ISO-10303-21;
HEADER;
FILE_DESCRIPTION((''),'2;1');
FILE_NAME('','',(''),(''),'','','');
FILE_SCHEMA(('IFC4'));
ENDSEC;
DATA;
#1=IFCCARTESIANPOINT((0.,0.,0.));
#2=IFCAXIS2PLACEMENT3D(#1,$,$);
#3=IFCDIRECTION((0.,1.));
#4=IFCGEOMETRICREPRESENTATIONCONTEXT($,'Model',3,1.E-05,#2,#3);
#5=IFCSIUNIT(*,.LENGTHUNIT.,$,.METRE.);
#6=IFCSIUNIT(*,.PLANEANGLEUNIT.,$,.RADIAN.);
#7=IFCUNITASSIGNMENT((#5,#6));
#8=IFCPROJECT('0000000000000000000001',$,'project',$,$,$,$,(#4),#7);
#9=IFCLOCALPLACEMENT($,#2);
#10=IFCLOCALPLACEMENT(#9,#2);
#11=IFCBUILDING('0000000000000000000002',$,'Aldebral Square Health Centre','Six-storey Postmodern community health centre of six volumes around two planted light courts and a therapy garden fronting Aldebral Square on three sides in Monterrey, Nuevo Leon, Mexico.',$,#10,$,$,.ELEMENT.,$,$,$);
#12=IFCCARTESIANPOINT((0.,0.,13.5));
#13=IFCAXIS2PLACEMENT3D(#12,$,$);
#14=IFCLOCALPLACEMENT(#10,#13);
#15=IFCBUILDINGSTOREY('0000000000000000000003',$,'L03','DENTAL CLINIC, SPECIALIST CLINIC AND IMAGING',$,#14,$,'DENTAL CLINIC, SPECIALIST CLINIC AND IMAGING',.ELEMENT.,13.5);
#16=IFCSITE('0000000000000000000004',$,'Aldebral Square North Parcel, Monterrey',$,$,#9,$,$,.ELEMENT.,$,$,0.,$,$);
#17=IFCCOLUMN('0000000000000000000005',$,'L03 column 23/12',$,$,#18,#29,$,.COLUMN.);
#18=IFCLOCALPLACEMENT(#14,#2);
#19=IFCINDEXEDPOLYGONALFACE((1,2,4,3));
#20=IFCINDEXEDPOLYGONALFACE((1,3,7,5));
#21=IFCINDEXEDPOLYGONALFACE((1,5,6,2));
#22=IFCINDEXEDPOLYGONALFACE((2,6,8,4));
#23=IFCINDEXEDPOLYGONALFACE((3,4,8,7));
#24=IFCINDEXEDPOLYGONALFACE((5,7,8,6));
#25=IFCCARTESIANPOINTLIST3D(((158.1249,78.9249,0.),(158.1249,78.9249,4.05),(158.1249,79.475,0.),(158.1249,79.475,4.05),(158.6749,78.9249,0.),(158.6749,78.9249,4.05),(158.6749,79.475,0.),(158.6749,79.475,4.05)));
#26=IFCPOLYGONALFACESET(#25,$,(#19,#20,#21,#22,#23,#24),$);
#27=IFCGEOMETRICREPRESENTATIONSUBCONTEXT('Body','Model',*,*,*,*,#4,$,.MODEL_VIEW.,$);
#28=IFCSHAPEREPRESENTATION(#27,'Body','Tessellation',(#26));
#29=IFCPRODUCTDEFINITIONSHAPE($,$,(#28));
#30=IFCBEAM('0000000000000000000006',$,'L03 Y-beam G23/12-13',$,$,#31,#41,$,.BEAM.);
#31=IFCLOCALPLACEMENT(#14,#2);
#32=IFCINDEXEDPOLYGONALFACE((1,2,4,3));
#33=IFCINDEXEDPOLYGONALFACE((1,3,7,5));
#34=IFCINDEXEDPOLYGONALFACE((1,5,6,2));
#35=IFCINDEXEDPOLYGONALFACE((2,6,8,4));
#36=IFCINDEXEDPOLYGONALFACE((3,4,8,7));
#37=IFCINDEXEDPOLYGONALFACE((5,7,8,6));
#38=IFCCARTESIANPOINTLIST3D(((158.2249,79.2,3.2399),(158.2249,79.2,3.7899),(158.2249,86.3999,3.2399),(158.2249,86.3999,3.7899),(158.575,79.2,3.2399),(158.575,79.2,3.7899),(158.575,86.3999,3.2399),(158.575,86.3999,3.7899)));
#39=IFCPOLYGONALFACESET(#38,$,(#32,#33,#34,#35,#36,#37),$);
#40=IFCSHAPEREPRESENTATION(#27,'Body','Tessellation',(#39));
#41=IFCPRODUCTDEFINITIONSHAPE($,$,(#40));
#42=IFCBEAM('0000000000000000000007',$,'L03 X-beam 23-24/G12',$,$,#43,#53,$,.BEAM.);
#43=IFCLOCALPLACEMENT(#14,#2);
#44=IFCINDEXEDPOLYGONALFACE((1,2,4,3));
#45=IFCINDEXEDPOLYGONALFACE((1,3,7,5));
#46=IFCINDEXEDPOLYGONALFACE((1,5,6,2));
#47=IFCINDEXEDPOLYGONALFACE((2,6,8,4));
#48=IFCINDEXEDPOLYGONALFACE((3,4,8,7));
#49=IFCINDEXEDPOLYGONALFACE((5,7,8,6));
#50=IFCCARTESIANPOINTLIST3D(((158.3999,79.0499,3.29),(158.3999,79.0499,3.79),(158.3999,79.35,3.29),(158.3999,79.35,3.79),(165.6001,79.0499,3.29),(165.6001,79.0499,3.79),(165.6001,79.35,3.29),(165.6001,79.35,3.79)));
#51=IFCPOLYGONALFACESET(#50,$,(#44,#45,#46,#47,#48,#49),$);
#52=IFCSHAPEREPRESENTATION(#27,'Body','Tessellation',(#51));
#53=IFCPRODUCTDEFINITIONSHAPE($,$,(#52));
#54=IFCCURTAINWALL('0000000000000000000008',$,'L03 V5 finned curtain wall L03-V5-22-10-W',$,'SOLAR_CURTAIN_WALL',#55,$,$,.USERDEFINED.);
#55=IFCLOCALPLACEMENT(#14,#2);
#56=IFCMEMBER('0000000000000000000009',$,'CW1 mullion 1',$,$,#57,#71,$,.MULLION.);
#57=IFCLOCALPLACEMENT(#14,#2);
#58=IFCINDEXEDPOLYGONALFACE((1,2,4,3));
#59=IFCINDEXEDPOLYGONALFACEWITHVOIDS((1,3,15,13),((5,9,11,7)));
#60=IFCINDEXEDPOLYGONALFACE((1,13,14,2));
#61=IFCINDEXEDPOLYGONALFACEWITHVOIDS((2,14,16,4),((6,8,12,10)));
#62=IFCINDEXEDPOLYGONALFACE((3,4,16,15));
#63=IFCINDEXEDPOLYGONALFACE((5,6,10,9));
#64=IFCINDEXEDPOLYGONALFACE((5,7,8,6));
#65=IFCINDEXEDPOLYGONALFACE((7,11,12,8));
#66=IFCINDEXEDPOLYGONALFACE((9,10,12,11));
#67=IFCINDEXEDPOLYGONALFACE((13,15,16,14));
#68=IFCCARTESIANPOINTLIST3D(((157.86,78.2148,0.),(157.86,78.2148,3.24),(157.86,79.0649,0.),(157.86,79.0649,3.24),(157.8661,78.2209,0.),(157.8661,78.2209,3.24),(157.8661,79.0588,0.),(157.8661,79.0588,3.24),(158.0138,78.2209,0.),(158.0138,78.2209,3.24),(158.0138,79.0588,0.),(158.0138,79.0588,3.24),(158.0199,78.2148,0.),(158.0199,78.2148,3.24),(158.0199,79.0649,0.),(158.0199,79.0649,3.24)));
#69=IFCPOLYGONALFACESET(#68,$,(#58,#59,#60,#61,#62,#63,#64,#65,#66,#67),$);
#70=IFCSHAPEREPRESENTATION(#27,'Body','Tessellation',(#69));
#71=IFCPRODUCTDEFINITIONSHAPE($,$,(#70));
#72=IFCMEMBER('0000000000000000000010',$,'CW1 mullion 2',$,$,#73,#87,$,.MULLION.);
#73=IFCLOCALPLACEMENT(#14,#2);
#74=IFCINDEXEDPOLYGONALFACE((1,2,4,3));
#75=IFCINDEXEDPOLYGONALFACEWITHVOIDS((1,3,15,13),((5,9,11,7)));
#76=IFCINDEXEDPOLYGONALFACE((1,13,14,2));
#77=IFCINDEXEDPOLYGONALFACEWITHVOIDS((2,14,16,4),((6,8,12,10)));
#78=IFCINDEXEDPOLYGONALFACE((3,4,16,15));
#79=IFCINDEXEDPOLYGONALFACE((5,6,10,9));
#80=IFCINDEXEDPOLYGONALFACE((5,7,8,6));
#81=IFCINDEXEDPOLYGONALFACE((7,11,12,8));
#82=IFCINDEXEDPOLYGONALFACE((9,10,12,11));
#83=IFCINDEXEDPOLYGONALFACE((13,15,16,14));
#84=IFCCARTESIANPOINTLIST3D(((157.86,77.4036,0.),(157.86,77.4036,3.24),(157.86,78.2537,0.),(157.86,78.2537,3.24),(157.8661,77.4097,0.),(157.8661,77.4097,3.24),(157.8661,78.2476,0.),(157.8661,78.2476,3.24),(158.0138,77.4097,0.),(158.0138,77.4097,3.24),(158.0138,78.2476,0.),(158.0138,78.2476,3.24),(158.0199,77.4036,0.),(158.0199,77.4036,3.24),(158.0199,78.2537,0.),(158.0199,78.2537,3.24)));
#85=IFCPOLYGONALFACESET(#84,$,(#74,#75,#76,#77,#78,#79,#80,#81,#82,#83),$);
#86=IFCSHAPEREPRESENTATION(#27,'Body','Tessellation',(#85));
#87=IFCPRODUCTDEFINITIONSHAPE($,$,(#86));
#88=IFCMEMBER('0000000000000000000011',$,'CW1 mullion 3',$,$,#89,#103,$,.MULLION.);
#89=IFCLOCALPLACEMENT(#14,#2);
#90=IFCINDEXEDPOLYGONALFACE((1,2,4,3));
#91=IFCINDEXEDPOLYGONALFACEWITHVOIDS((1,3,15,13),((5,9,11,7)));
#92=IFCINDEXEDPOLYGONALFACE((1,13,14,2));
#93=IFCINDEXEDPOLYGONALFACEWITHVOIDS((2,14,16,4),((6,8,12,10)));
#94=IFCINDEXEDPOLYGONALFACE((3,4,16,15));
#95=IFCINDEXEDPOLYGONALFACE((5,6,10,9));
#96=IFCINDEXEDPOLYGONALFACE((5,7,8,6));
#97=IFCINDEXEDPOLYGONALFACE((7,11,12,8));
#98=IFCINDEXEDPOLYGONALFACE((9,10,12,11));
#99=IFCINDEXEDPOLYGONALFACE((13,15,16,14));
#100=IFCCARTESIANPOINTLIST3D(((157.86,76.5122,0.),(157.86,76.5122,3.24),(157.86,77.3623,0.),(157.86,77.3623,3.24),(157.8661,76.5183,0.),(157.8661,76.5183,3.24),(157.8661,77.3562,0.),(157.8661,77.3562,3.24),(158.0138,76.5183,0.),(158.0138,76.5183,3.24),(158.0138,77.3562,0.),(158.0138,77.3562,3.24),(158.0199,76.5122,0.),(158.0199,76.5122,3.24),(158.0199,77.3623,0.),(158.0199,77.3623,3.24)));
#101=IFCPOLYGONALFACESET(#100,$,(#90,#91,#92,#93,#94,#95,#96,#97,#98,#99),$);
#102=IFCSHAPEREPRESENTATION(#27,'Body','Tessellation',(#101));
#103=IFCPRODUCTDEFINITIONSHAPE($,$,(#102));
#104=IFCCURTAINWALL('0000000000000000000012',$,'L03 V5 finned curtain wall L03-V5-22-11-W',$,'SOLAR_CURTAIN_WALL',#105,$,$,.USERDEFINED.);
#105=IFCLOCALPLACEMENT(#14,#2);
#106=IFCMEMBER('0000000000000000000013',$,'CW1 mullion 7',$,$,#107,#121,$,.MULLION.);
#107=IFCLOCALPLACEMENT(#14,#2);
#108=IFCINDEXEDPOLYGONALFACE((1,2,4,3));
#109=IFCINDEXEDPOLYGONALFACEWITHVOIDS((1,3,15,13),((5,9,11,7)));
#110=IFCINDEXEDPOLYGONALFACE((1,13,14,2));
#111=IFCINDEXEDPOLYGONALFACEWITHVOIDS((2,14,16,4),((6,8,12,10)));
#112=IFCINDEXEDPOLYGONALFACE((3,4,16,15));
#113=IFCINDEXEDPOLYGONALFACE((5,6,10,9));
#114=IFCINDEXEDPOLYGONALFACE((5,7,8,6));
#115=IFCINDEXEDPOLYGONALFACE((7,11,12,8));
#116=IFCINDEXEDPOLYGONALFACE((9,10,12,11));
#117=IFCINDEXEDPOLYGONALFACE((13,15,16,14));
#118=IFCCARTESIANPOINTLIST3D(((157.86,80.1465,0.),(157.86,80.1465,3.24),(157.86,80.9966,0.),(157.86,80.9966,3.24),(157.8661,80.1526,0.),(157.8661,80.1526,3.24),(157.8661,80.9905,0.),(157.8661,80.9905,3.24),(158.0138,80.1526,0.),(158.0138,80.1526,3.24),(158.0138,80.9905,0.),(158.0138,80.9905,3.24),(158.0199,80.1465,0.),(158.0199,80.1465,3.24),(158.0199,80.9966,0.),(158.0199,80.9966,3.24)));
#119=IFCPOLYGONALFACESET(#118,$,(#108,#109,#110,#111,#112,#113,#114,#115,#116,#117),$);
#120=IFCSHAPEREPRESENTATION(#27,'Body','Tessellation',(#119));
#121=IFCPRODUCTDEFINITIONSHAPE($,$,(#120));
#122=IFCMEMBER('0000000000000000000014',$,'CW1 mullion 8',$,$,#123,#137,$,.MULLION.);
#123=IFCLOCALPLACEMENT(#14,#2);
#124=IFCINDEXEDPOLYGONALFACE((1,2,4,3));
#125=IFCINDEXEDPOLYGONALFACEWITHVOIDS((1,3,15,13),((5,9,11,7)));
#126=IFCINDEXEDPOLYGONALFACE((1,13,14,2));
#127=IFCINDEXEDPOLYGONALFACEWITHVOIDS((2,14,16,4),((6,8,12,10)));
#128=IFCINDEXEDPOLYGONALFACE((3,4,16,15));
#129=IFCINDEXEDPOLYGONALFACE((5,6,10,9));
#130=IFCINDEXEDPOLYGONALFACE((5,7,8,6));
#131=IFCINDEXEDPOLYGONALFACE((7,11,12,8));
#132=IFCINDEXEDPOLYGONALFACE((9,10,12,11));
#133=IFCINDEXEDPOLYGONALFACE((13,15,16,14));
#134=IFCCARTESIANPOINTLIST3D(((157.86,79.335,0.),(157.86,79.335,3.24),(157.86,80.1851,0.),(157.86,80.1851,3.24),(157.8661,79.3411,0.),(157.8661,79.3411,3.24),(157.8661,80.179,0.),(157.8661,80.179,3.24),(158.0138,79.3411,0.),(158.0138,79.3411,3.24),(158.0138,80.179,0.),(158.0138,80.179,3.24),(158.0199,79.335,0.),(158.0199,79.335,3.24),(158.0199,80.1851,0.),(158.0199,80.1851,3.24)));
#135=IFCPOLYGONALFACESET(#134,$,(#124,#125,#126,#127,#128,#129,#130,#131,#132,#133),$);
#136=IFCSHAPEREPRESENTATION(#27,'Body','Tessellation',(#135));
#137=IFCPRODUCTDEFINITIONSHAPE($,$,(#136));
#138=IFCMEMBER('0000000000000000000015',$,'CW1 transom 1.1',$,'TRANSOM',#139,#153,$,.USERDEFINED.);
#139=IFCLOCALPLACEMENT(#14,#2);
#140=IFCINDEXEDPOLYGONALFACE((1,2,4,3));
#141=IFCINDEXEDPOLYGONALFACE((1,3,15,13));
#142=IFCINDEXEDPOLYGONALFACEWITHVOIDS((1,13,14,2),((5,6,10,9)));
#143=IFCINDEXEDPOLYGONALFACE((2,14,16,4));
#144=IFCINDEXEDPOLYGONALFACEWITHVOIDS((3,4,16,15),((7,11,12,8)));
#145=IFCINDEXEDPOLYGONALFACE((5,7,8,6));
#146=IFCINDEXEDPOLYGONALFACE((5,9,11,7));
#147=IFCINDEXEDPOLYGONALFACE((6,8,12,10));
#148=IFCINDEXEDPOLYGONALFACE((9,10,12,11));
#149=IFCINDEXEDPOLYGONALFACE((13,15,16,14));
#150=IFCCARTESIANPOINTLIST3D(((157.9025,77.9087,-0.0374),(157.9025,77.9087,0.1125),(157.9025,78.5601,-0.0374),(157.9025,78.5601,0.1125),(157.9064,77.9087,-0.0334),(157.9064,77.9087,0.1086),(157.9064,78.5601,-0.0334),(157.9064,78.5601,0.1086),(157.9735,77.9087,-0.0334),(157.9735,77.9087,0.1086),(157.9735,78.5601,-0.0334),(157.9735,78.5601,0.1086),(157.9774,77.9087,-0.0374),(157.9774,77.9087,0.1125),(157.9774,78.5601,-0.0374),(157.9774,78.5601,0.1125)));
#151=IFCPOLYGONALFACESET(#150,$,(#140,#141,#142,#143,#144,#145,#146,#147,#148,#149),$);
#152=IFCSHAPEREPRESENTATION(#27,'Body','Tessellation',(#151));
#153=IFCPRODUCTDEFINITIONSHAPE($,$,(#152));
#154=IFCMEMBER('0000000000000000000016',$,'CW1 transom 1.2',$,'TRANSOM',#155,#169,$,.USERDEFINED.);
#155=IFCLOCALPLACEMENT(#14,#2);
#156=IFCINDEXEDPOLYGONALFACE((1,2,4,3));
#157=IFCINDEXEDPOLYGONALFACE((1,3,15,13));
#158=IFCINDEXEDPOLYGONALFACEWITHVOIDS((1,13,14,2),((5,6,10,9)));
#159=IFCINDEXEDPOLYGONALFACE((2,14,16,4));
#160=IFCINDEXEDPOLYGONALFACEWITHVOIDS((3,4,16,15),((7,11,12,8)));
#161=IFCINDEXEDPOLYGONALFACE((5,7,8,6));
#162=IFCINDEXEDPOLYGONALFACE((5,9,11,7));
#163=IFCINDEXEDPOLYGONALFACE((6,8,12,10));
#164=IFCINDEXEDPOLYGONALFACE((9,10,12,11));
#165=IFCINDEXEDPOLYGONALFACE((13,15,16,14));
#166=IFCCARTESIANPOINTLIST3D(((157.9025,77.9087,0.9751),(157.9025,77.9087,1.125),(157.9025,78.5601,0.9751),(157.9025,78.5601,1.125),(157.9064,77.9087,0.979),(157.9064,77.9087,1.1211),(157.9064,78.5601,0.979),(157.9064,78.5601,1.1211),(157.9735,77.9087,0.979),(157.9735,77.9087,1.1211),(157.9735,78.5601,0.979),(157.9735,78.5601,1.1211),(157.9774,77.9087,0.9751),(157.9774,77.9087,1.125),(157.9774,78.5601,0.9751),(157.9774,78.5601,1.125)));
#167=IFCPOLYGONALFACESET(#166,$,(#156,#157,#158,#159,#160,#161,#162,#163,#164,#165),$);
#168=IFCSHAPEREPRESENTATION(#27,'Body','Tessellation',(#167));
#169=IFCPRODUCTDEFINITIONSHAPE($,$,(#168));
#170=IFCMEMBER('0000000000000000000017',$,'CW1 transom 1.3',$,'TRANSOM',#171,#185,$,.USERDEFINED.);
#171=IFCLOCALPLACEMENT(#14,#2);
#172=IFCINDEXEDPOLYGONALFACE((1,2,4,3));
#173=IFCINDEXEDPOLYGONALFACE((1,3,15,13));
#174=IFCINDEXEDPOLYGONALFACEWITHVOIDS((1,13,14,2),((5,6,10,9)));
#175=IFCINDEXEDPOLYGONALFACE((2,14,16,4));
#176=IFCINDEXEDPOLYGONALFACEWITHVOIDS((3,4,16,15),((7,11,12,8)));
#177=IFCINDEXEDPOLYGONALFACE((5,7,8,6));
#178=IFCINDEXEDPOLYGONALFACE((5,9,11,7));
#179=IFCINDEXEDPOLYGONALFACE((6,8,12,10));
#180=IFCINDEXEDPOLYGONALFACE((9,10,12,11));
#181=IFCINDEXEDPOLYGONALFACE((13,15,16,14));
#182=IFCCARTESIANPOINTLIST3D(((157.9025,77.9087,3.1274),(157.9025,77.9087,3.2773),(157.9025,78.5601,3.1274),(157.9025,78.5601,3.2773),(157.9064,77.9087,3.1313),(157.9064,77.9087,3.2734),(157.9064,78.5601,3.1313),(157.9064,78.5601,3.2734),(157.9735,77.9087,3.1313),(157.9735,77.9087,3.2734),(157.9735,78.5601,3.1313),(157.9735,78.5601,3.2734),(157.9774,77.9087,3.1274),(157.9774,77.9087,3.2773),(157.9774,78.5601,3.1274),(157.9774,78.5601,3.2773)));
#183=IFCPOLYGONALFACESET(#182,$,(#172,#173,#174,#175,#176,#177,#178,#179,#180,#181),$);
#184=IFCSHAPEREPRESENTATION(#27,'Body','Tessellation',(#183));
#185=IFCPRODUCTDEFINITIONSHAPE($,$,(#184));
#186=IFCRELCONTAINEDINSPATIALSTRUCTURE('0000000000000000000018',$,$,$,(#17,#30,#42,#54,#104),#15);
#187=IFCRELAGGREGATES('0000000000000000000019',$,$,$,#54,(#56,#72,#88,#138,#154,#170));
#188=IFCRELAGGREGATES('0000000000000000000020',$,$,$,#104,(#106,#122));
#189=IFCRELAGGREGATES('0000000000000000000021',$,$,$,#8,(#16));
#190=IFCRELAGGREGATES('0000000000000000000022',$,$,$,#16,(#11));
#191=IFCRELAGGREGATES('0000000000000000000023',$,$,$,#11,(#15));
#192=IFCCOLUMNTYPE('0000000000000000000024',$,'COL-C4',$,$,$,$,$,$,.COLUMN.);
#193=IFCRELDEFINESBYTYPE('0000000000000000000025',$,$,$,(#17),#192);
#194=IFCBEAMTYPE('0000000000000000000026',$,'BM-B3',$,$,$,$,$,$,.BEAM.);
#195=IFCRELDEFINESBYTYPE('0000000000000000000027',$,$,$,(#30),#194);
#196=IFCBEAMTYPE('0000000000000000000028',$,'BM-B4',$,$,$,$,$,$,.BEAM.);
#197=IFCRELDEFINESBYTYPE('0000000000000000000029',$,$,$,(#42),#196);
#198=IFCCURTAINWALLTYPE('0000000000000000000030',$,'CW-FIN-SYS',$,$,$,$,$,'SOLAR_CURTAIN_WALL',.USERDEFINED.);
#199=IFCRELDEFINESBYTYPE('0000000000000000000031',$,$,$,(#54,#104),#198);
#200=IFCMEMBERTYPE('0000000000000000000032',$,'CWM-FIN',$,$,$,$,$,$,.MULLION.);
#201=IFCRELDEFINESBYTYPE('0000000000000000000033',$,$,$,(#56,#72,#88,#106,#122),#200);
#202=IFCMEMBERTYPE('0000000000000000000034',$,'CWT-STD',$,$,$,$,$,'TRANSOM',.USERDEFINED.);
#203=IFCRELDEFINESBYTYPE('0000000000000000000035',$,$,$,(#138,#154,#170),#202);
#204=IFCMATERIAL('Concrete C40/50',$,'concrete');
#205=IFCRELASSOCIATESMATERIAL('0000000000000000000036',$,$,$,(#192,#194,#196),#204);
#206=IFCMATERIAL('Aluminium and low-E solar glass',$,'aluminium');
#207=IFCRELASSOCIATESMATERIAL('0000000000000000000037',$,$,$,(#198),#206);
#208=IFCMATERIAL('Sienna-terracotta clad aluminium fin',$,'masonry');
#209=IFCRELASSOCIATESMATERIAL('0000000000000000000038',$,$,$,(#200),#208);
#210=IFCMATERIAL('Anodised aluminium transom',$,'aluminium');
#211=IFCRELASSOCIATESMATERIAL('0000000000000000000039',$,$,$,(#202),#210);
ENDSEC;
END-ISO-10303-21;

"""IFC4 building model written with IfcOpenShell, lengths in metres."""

from ifc_helpers import new_model, si_unit, direction, frame, origin, origin_2d, place, context, subcontext, project, spatial, rectangle, hollow_rectangle, extrude, material, material_profile, profile_set, type_object, element, aggregate, save


model = new_model("IFC4")

# Units and contexts
model_context = context("Model", 3, precision=1e-05, world=origin(), true_north=direction((0.0, 1.0)))
body_context = subcontext(model_context, "Body", "Model", "MODEL_VIEW")
ifc_project = project(units=[si_unit("LENGTHUNIT", "METRE"), si_unit("PLANEANGLEUNIT", "RADIAN")], contexts=[model_context])

# Site, building, storey
site_placement = place(None, origin())
site = spatial("IfcSite", under=ifc_project, at=site_placement, Name="Aldebral Square North Parcel, Monterrey", CompositionType="ELEMENT", RefElevation=0.0)
building_placement = place(site_placement, origin())
building = spatial("IfcBuilding", under=site, at=building_placement, Name="Aldebral Square Health Centre", Description="Six-storey Postmodern community health centre of six volumes around two planted light courts and a therapy garden fronting Aldebral Square on three sides in Monterrey, Nuevo Leon, Mexico.", CompositionType="ELEMENT")
storey_placement = place(building_placement, frame((0.0, 0.0, 13.5)))
storey = spatial("IfcBuildingStorey", under=building, at=storey_placement, Name="L03", Description="DENTAL CLINIC, SPECIALIST CLINIC AND IMAGING", LongName="DENTAL CLINIC, SPECIALIST CLINIC AND IMAGING", CompositionType="ELEMENT", Elevation=13.5)

# Column
ifc_material_1 = material(Name="Concrete C40/50", Category="concrete")
ifc_material_profile_1 = material_profile(ifc_material_1, rectangle(XDim=0.55, YDim=0.55, at=origin_2d()), Name="RC 550x550")
ifc_profile_set_1 = profile_set([ifc_material_profile_1], Name="Concrete C40/50")
column_type = type_object("IfcColumnType", Name="COL-C4", PredefinedType="COLUMN", material=ifc_profile_set_1)
column_placement = place(storey_placement, frame((158.3999, 79.2, 0.0), z_axis=(0.0, 0.0, 1.0), x_axis=(1.0, 0.0, 0.0)))
element("IfcColumn", 1, at=column_placement, inside=storey, type_object=column_type, Name="L03 column 23/12", PredefinedType="COLUMN", context=body_context, shape_type="SweptSolid", body=[
    extrude(rectangle(XDim=0.55, YDim=0.55, at=origin_2d()), origin(), (0.0, 0.0, 1.0), 4.05),
])

# Beams
ifc_material_profile_2 = material_profile(ifc_material_1, rectangle(XDim=0.3501, YDim=0.55, at=origin_2d()), Name="RC 350x550")
ifc_profile_set_2 = profile_set([ifc_material_profile_2], Name="Concrete C40/50")
beam_type_1 = type_object("IfcBeamType", Name="BM-B3", PredefinedType="BEAM", material=ifc_profile_set_2)
beam_1_placement = place(storey_placement, frame((158.3999, 79.2, 3.5149), z_axis=(0.0, 1.0, 0.0), x_axis=(-1.0, 0.0, 0.0)))
element("IfcBeam", 2, at=beam_1_placement, inside=storey, type_object=beam_type_1, Name="L03 Y-beam G23/12-13", PredefinedType="BEAM", context=body_context, shape_type="SweptSolid", body=[
    extrude(rectangle(XDim=0.3501, YDim=0.55, at=origin_2d()), origin(), (0.0, 0.0, 1.0), 7.2),
])
ifc_material_profile_3 = material_profile(ifc_material_1, rectangle(XDim=0.3, YDim=0.5, at=origin_2d()), Name="RC 300x500")
ifc_profile_set_3 = profile_set([ifc_material_profile_3], Name="Concrete C40/50")
beam_type_2 = type_object("IfcBeamType", Name="BM-B4", PredefinedType="BEAM", material=ifc_profile_set_3)
beam_2_placement = place(storey_placement, frame((158.3999, 79.2, 3.54), z_axis=(1.0, 0.0, 0.0), x_axis=(0.0, 1.0, 0.0)))
element("IfcBeam", 3, at=beam_2_placement, inside=storey, type_object=beam_type_2, Name="L03 X-beam 23-24/G12", PredefinedType="BEAM", context=body_context, shape_type="SweptSolid", body=[
    extrude(rectangle(XDim=0.3, YDim=0.5, at=origin_2d()), origin(), (0.0, 0.0, 1.0), 7.2002),
])

# Curtain walls, members
ifc_material_2 = material(Name="Aluminium and low-E solar glass", Category="aluminium")
curtain_wall_type = type_object("IfcCurtainWallType", Name="CW-FIN-SYS", ElementType="SOLAR_CURTAIN_WALL", PredefinedType="USERDEFINED", material=ifc_material_2)
curtain_wall_1_placement = place(storey_placement, origin())
curtain_wall_1 = element("IfcCurtainWall", 4, at=curtain_wall_1_placement, inside=storey, type_object=curtain_wall_type, Name="L03 V5 finned curtain wall L03-V5-22-10-W", ObjectType="SOLAR_CURTAIN_WALL", PredefinedType="USERDEFINED")
ifc_material_3 = material(Name="Sienna-terracotta clad aluminium fin", Category="masonry")
ifc_material_profile_4 = material_profile(ifc_material_3, hollow_rectangle(XDim=0.1599, YDim=0.8501, WallThickness=0.0061, at=origin_2d()), Name="FIN 160x850x6")
ifc_profile_set_4 = profile_set([ifc_material_profile_4], Name="Sienna-terracotta clad aluminium fin")
member_type_1 = type_object("IfcMemberType", Name="CWM-FIN", PredefinedType="MULLION", material=ifc_profile_set_4)
member_1_placement = place(storey_placement, frame((157.9399, 78.6399, 0.0), z_axis=(0.0, 0.0, 1.0), x_axis=(1.0, 0.0, 0.0)))
member_1 = element("IfcMember", 5, at=member_1_placement, type_object=member_type_1, Name="CW1 mullion 1", PredefinedType="MULLION", context=body_context, shape_type="SweptSolid", body=[
    extrude(hollow_rectangle(XDim=0.1599, YDim=0.8501, WallThickness=0.0061, at=origin_2d()), origin(), (0.0, 0.0, 1.0), 3.24),
])
member_2_placement = place(storey_placement, frame((157.9399, 77.8286, 0.0), z_axis=(0.0, 0.0, 1.0), x_axis=(1.0, 0.0, 0.0)))
member_2 = element("IfcMember", 6, at=member_2_placement, type_object=member_type_1, Name="CW1 mullion 2", PredefinedType="MULLION", context=body_context, shape_type="SweptSolid", body=[
    extrude(hollow_rectangle(XDim=0.1599, YDim=0.8501, WallThickness=0.0061, at=origin_2d()), origin(), (0.0, 0.0, 1.0), 3.24),
])
member_3_placement = place(storey_placement, frame((157.9399, 76.9373, 0.0), z_axis=(0.0, 0.0, 1.0), x_axis=(1.0, 0.0, 0.0)))
member_3 = element("IfcMember", 7, at=member_3_placement, type_object=member_type_1, Name="CW1 mullion 3", PredefinedType="MULLION", context=body_context, shape_type="SweptSolid", body=[
    extrude(hollow_rectangle(XDim=0.1599, YDim=0.8501, WallThickness=0.0061, at=origin_2d()), origin(), (0.0, 0.0, 1.0), 3.24),
])
curtain_wall_2_placement = place(storey_placement, origin())
curtain_wall_2 = element("IfcCurtainWall", 8, at=curtain_wall_2_placement, inside=storey, type_object=curtain_wall_type, Name="L03 V5 finned curtain wall L03-V5-22-11-W", ObjectType="SOLAR_CURTAIN_WALL", PredefinedType="USERDEFINED")
member_4_placement = place(storey_placement, frame((157.9399, 80.5715, 0.0), z_axis=(0.0, 0.0, 1.0), x_axis=(1.0, 0.0, 0.0)))
member_4 = element("IfcMember", 9, at=member_4_placement, type_object=member_type_1, Name="CW1 mullion 7", PredefinedType="MULLION", context=body_context, shape_type="SweptSolid", body=[
    extrude(hollow_rectangle(XDim=0.1599, YDim=0.8501, WallThickness=0.0061, at=origin_2d()), origin(), (0.0, 0.0, 1.0), 3.24),
])
member_5_placement = place(storey_placement, frame((157.9399, 79.76, 0.0), z_axis=(0.0, 0.0, 1.0), x_axis=(1.0, 0.0, 0.0)))
member_5 = element("IfcMember", 10, at=member_5_placement, type_object=member_type_1, Name="CW1 mullion 8", PredefinedType="MULLION", context=body_context, shape_type="SweptSolid", body=[
    extrude(hollow_rectangle(XDim=0.1599, YDim=0.8501, WallThickness=0.0061, at=origin_2d()), origin(), (0.0, 0.0, 1.0), 3.24),
])

# Members
ifc_material_4 = material(Name="Anodised aluminium transom", Category="aluminium")
ifc_material_profile_5 = material_profile(ifc_material_4, hollow_rectangle(XDim=0.075, YDim=0.1499, WallThickness=0.0039, at=origin_2d()), Name="CWT 75x150x4")
ifc_profile_set_5 = profile_set([ifc_material_profile_5], Name="Anodised aluminium transom")
member_type_2 = type_object("IfcMemberType", Name="CWT-STD", ElementType="TRANSOM", PredefinedType="USERDEFINED", material=ifc_profile_set_5)
member_6_placement = place(storey_placement, frame((157.9399, 78.5601, 0.0376), z_axis=(0.0, -1.0, 0.0), x_axis=(1.0, 0.0, 0.0)))
member_6 = element("IfcMember", 11, at=member_6_placement, type_object=member_type_2, Name="CW1 transom 1.1", ObjectType="TRANSOM", PredefinedType="USERDEFINED", context=body_context, shape_type="SweptSolid", body=[
    extrude(hollow_rectangle(XDim=0.075, YDim=0.1499, WallThickness=0.0039, at=origin_2d()), origin(), (0.0, 0.0, 1.0), 0.6514),
])
member_7_placement = place(storey_placement, frame((157.9399, 78.5601, 1.05), z_axis=(0.0, -1.0, 0.0), x_axis=(1.0, 0.0, 0.0)))
member_7 = element("IfcMember", 12, at=member_7_placement, type_object=member_type_2, Name="CW1 transom 1.2", ObjectType="TRANSOM", PredefinedType="USERDEFINED", context=body_context, shape_type="SweptSolid", body=[
    extrude(hollow_rectangle(XDim=0.075, YDim=0.1499, WallThickness=0.0039, at=origin_2d()), origin(), (0.0, 0.0, 1.0), 0.6514),
])
member_8_placement = place(storey_placement, frame((157.9399, 78.5601, 3.2024), z_axis=(0.0, -1.0, 0.0), x_axis=(1.0, 0.0, 0.0)))
member_8 = element("IfcMember", 13, at=member_8_placement, type_object=member_type_2, Name="CW1 transom 1.3", ObjectType="TRANSOM", PredefinedType="USERDEFINED", context=body_context, shape_type="SweptSolid", body=[
    extrude(hollow_rectangle(XDim=0.075, YDim=0.1499, WallThickness=0.0039, at=origin_2d()), origin(), (0.0, 0.0, 1.0), 0.6514),
])

aggregate(curtain_wall_1, [member_1, member_2, member_3, member_6, member_7, member_8])
aggregate(curtain_wall_2, [member_4, member_5])

save(model, "model.ifc")
